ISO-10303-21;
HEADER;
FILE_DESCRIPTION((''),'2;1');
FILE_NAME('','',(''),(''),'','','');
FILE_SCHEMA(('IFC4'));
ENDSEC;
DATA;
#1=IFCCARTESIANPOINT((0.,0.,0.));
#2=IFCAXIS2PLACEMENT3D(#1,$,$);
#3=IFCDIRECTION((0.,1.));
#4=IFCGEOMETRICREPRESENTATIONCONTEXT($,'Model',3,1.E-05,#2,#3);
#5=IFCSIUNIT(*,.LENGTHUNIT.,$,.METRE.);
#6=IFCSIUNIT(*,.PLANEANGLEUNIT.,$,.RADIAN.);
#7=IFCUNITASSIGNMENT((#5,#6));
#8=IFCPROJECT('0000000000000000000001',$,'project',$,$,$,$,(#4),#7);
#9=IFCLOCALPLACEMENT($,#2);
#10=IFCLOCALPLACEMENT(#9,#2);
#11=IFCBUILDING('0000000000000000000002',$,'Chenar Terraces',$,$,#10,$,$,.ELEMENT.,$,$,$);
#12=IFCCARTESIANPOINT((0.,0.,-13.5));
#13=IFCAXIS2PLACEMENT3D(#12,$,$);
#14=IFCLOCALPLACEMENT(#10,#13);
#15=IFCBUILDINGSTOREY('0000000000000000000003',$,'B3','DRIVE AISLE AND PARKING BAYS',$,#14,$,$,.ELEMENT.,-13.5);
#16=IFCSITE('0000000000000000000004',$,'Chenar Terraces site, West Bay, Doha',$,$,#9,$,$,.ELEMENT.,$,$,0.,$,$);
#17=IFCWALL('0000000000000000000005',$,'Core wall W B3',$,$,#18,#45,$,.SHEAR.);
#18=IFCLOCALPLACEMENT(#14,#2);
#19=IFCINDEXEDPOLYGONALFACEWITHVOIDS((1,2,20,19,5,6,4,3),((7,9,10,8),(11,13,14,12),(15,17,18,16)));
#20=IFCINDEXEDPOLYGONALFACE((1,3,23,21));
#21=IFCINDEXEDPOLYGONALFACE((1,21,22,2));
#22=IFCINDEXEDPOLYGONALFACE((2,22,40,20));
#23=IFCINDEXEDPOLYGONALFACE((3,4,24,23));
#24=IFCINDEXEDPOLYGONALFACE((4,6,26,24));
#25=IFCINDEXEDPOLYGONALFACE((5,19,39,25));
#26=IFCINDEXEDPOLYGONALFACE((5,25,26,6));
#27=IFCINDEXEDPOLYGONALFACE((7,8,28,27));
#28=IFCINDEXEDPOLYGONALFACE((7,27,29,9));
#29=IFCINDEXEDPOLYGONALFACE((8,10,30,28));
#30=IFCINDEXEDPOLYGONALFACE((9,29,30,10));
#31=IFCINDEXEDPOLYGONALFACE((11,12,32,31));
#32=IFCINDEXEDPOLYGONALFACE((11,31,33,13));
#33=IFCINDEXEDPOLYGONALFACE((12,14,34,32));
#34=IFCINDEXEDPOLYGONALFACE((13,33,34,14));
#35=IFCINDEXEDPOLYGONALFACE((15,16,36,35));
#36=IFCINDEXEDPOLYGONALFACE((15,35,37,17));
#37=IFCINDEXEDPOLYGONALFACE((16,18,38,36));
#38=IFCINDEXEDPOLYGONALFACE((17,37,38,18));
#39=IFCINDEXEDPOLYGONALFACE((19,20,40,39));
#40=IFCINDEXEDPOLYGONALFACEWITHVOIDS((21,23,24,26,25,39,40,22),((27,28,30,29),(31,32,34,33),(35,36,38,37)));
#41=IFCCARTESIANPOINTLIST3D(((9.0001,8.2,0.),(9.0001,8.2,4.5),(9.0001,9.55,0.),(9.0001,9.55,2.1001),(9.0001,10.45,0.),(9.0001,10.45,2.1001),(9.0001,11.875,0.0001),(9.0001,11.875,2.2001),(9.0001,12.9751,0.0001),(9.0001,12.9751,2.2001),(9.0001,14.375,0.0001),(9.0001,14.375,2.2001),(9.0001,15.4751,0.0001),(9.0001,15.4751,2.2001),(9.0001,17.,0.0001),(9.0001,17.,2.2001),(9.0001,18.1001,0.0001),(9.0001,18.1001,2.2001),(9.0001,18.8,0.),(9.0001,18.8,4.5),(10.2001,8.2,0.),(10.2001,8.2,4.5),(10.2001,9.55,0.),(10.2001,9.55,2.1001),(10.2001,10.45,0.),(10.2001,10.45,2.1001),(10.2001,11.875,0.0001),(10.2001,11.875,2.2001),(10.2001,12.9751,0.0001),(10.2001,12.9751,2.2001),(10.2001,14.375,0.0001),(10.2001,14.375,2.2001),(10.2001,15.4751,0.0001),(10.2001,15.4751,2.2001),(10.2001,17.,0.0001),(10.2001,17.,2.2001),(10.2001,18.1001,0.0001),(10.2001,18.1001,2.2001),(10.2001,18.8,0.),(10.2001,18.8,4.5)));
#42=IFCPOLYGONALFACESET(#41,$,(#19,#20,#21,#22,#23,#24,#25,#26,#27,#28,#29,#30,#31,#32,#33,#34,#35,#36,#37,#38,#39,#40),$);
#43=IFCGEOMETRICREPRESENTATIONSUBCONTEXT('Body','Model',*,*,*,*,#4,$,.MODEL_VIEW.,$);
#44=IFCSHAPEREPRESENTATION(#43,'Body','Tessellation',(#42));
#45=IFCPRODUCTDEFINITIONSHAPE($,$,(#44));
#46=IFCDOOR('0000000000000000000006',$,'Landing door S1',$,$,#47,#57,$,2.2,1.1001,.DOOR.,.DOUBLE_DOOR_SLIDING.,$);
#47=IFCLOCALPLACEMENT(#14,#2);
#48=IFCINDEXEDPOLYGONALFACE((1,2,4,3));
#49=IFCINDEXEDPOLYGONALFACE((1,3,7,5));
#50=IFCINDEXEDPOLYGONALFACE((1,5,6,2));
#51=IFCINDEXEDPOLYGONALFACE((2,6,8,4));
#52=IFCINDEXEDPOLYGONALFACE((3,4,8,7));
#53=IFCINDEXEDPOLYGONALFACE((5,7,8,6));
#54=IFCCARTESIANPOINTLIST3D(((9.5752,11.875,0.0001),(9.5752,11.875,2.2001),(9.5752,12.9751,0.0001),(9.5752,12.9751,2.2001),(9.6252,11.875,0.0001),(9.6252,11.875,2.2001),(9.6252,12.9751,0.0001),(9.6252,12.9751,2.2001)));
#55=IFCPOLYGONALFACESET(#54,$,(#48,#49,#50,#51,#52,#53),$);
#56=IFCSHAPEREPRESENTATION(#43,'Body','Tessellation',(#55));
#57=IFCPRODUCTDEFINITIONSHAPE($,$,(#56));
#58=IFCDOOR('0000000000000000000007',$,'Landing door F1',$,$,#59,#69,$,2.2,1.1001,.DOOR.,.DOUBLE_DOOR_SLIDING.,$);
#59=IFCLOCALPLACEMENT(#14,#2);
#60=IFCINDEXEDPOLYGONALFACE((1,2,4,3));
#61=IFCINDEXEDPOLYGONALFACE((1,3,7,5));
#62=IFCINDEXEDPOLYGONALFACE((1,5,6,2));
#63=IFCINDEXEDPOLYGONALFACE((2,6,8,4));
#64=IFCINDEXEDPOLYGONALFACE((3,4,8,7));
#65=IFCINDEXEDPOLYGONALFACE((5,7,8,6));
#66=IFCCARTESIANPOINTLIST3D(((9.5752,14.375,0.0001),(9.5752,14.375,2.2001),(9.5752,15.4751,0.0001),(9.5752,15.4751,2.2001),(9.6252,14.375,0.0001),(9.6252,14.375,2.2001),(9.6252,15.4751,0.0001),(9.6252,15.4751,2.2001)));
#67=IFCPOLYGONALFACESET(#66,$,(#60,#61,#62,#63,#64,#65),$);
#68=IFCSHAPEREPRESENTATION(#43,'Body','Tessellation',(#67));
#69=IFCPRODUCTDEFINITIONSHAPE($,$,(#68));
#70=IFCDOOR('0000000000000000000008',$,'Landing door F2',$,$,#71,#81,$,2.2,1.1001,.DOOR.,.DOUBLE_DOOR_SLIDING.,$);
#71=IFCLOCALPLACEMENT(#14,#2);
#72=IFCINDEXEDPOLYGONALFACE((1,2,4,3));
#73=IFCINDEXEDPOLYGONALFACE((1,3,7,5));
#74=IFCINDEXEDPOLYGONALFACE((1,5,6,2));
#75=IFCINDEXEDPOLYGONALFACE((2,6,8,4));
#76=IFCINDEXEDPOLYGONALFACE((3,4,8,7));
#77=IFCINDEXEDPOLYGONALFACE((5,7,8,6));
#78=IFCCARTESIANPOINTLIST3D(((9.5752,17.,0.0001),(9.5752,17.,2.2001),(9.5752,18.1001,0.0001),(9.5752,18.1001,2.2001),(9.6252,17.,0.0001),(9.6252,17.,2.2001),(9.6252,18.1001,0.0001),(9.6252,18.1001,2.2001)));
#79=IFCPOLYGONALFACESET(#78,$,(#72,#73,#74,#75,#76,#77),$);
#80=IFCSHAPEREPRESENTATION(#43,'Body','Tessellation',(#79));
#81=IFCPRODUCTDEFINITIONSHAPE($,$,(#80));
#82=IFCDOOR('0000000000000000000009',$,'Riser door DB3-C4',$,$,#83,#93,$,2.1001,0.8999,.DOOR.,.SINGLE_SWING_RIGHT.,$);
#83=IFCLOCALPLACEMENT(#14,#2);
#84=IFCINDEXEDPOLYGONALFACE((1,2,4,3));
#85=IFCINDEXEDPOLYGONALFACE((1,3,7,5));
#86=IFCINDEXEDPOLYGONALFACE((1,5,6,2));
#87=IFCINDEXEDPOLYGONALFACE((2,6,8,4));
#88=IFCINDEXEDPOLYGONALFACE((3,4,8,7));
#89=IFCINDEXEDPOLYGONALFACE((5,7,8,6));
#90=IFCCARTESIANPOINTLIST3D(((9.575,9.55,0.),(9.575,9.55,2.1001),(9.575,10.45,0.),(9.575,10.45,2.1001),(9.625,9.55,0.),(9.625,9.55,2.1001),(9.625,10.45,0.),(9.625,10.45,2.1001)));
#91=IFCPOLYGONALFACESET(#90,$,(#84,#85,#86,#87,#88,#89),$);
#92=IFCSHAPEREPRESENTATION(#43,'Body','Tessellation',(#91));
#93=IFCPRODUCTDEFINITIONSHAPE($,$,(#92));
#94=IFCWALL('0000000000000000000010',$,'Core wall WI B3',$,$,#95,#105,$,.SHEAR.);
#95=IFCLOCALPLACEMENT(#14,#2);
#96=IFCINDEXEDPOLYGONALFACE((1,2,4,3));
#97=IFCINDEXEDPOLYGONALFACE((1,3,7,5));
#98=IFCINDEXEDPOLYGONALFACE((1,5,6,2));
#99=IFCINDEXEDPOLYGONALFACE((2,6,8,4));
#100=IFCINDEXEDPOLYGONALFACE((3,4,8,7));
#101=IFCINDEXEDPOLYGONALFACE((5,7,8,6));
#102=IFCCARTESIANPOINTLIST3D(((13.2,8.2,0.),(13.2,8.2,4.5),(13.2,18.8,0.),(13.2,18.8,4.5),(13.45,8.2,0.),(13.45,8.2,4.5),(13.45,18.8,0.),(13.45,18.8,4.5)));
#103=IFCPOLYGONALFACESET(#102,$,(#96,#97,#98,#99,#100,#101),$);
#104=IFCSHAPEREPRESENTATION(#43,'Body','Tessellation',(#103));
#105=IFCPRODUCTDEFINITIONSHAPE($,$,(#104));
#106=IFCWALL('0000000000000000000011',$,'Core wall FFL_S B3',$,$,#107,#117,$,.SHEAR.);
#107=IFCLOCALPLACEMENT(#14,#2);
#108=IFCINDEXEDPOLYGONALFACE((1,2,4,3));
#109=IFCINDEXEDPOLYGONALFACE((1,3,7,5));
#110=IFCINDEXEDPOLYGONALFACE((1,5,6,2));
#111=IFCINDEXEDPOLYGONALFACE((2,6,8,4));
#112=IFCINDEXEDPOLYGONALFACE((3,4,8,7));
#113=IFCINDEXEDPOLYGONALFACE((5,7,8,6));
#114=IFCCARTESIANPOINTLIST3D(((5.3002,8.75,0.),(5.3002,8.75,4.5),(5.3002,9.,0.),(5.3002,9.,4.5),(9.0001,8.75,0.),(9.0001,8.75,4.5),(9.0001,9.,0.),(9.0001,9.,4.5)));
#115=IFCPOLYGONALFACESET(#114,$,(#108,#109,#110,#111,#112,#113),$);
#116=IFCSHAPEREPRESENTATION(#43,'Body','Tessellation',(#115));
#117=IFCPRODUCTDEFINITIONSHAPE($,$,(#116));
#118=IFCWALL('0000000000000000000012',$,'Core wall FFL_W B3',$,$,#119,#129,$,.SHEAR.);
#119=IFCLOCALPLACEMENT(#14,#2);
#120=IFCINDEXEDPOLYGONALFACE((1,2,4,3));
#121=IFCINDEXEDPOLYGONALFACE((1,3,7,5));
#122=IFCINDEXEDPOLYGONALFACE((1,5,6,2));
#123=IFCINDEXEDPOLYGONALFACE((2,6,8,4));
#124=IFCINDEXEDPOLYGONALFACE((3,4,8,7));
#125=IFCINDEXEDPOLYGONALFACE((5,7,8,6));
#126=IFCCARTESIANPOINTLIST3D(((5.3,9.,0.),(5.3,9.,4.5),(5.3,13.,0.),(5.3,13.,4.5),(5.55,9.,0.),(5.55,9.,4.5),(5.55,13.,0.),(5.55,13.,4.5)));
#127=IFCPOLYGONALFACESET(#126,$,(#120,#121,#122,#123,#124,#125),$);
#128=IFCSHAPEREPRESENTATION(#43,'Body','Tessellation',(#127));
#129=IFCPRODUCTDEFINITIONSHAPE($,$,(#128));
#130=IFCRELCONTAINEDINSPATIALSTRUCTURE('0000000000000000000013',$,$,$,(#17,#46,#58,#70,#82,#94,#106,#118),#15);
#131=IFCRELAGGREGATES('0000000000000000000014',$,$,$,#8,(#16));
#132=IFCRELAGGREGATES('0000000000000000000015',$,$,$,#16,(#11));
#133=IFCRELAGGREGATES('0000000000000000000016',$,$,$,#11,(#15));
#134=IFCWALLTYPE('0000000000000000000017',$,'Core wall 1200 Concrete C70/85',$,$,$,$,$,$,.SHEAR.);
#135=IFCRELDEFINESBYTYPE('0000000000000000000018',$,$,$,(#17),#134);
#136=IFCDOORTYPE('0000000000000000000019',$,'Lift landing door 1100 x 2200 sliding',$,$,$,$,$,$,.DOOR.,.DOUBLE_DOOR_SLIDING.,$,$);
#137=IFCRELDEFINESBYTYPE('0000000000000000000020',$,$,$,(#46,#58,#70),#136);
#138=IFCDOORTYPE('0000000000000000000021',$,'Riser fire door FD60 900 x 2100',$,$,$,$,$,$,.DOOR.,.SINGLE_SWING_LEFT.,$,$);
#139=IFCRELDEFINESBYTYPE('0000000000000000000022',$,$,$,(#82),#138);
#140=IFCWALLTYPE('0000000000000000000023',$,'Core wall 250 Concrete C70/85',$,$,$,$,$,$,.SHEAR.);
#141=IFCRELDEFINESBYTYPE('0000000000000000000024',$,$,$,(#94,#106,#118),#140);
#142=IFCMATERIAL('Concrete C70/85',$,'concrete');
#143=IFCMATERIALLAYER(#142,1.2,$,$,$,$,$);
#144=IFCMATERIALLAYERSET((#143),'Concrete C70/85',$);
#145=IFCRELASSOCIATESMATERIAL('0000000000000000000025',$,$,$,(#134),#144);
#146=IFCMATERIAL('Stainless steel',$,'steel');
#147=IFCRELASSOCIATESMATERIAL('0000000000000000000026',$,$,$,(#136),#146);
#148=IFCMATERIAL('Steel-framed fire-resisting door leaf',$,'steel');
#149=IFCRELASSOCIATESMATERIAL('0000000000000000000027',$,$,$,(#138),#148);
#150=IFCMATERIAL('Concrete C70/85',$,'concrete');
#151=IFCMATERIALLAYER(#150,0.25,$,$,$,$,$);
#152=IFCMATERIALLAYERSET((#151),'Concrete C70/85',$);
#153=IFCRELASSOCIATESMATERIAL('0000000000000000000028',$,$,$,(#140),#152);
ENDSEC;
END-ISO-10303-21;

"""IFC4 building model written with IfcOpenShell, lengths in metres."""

from ifc_helpers import new_model, si_unit, direction, frame, frame_2d, origin, place, context, subcontext, project, spatial, rectangle, extrude, material, layer, layer_set, type_object, element, fill, save


model = new_model("IFC4")

# Units and contexts
model_context = context("Model", 3, precision=1e-05, world=origin(), true_north=direction((0.0, 1.0)))
body_context = subcontext(model_context, "Body", "Model", "MODEL_VIEW")
ifc_project = project(units=[si_unit("LENGTHUNIT", "METRE"), si_unit("PLANEANGLEUNIT", "RADIAN")], contexts=[model_context])

# Site, building, storey
site_placement = place(None, origin())
site = spatial("IfcSite", under=ifc_project, at=site_placement, Name="Chenar Terraces site, West Bay, Doha", CompositionType="ELEMENT", RefElevation=0.0)
building_placement = place(site_placement, origin())
building = spatial("IfcBuilding", under=site, at=building_placement, Name="Chenar Terraces", CompositionType="ELEMENT")
storey_placement = place(building_placement, frame((0.0, 0.0, -13.5)))
storey = spatial("IfcBuildingStorey", under=building, at=storey_placement, Name="B3", Description="DRIVE AISLE AND PARKING BAYS", CompositionType="ELEMENT", Elevation=-13.5)

# Shared definitions
ifc_material_1 = material(Name="Concrete C70/85", Category="concrete")
ifc_layer_1 = layer(ifc_material_1, 1.2)
ifc_layer_set_1 = layer_set([ifc_layer_1], Name="Concrete C70/85")
wall_type_1 = type_object("IfcWallType", Name="Core wall 1200 Concrete C70/85", PredefinedType="SHEAR", material=ifc_layer_set_1)

# Wall, openings, doors
wall_1_placement = place(storey_placement, frame((9.6001, 8.2, 0.0), z_axis=(0.0, 0.0, 1.0), x_axis=(0.0, 1.0, 0.0)))
wall_1 = element("IfcWall", 1, at=wall_1_placement, inside=storey, type_object=wall_type_1, Name="Core wall W B3", PredefinedType="SHEAR", context=body_context, shape_type="SweptSolid", body=[
    extrude(rectangle(XDim=10.6001, YDim=1.2, at=frame_2d((5.3, 0.0))), origin(), (0.0, 0.0, 1.0), 4.5),
])
opening_1_placement = place(wall_1_placement, frame((3.675, 0.0, 0.0)))
opening_1 = element("IfcOpeningElement", 2, at=opening_1_placement, cuts=wall_1, PredefinedType="OPENING", context=body_context, shape_type="SweptSolid", body=[
    extrude(rectangle(XDim=1.1001, YDim=2.2, at=frame_2d((0.55, 1.1001))), frame((0.0, 0.6099, 0.0), z_axis=(0.0, -1.0, 0.0), x_axis=(1.0, 0.0, 0.0)), (0.0, 0.0, 1.0), 1.22),
])
opening_2_placement = place(wall_1_placement, frame((6.175, 0.0, 0.0)))
opening_2 = element("IfcOpeningElement", 3, at=opening_2_placement, cuts=wall_1, PredefinedType="OPENING", context=body_context, shape_type="SweptSolid", body=[
    extrude(rectangle(XDim=1.1001, YDim=2.2, at=frame_2d((0.55, 1.1001))), frame((0.0, 0.6099, 0.0), z_axis=(0.0, -1.0, 0.0), x_axis=(1.0, 0.0, 0.0)), (0.0, 0.0, 1.0), 1.22),
])
opening_3_placement = place(wall_1_placement, frame((8.8, 0.0, 0.0)))
opening_3 = element("IfcOpeningElement", 4, at=opening_3_placement, cuts=wall_1, PredefinedType="OPENING", context=body_context, shape_type="SweptSolid", body=[
    extrude(rectangle(XDim=1.1001, YDim=2.2, at=frame_2d((0.55, 1.1001))), frame((0.0, 0.6099, 0.0), z_axis=(0.0, -1.0, 0.0), x_axis=(1.0, 0.0, 0.0)), (0.0, 0.0, 1.0), 1.22),
])
opening_4_placement = place(wall_1_placement, frame((1.3501, 0.0, 0.0)))
opening_4 = element("IfcOpeningElement", 5, at=opening_4_placement, cuts=wall_1, PredefinedType="OPENING", context=body_context, shape_type="SweptSolid", body=[
    extrude(rectangle(XDim=0.8999, YDim=2.1001, at=frame_2d((0.45, 1.05))), frame((0.0, 0.6099, 0.0), z_axis=(0.0, -1.0, 0.0), x_axis=(1.0, 0.0, 0.0)), (0.0, 0.0, 1.0), 1.22),
])
ifc_material_2 = material(Name="Stainless steel", Category="steel")
door_type_1 = type_object("IfcDoorType", Name="Lift landing door 1100 x 2200 sliding", OperationType="DOUBLE_DOOR_SLIDING", PredefinedType="DOOR", material=ifc_material_2)
door_1_placement = place(opening_1_placement, origin())
door_1 = element("IfcDoor", 6, at=door_1_placement, inside=storey, type_object=door_type_1, Name="Landing door S1", OperationType="DOUBLE_DOOR_SLIDING", OverallHeight=2.2, OverallWidth=1.1001, PredefinedType="DOOR", context=body_context, shape_type="SweptSolid", body=[
    extrude(rectangle(XDim=1.1001, YDim=2.2, at=frame_2d((0.55, 1.1001))), frame((0.0, 0.0249, 0.0), z_axis=(0.0, -1.0, 0.0), x_axis=(1.0, 0.0, 0.0)), (0.0, 0.0, 1.0), 0.05),
])
fill(opening_1, door_1)
door_2_placement = place(opening_2_placement, origin())
door_2 = element("IfcDoor", 7, at=door_2_placement, inside=storey, type_object=door_type_1, Name="Landing door F1", OperationType="DOUBLE_DOOR_SLIDING", OverallHeight=2.2, OverallWidth=1.1001, PredefinedType="DOOR", context=body_context, shape_type="SweptSolid", body=[
    extrude(rectangle(XDim=1.1001, YDim=2.2, at=frame_2d((0.55, 1.1001))), frame((0.0, 0.0249, 0.0), z_axis=(0.0, -1.0, 0.0), x_axis=(1.0, 0.0, 0.0)), (0.0, 0.0, 1.0), 0.05),
])
fill(opening_2, door_2)
door_3_placement = place(opening_3_placement, origin())
door_3 = element("IfcDoor", 8, at=door_3_placement, inside=storey, type_object=door_type_1, Name="Landing door F2", OperationType="DOUBLE_DOOR_SLIDING", OverallHeight=2.2, OverallWidth=1.1001, PredefinedType="DOOR", context=body_context, shape_type="SweptSolid", body=[
    extrude(rectangle(XDim=1.1001, YDim=2.2, at=frame_2d((0.55, 1.1001))), frame((0.0, 0.0249, 0.0), z_axis=(0.0, -1.0, 0.0), x_axis=(1.0, 0.0, 0.0)), (0.0, 0.0, 1.0), 0.05),
])
fill(opening_3, door_3)
ifc_material_3 = material(Name="Steel-framed fire-resisting door leaf", Category="steel")
door_type_2 = type_object("IfcDoorType", Name="Riser fire door FD60 900 x 2100", OperationType="SINGLE_SWING_LEFT", PredefinedType="DOOR", material=ifc_material_3)
door_4_placement = place(opening_4_placement, frame((0.8999, 0.0, 0.0), z_axis=(0.0, 0.0, 1.0), x_axis=(-1.0, 0.0, 0.0)))
door_4 = element("IfcDoor", 9, at=door_4_placement, inside=storey, type_object=door_type_2, Name="Riser door DB3-C4", OperationType="SINGLE_SWING_RIGHT", OverallHeight=2.1001, OverallWidth=0.8999, PredefinedType="DOOR", context=body_context, shape_type="SweptSolid", body=[
    extrude(rectangle(XDim=0.8999, YDim=2.1001, at=frame_2d((0.45, 1.05))), frame((0.0, 0.0249, 0.0), z_axis=(0.0, -1.0, 0.0), x_axis=(1.0, 0.0, 0.0)), (0.0, 0.0, 1.0), 0.05),
])
fill(opening_4, door_4)

# Walls
ifc_material_4 = material(Name="Concrete C70/85", Category="concrete")
ifc_layer_2 = layer(ifc_material_4, 0.25)
ifc_layer_set_2 = layer_set([ifc_layer_2], Name="Concrete C70/85")
wall_type_2 = type_object("IfcWallType", Name="Core wall 250 Concrete C70/85", PredefinedType="SHEAR", material=ifc_layer_set_2)
wall_2_placement = place(storey_placement, frame((13.325, 8.2, 0.0), z_axis=(0.0, 0.0, 1.0), x_axis=(0.0, 1.0, 0.0)))
element("IfcWall", 10, at=wall_2_placement, inside=storey, type_object=wall_type_2, Name="Core wall WI B3", PredefinedType="SHEAR", context=body_context, shape_type="SweptSolid", body=[
    extrude(rectangle(XDim=10.6001, YDim=0.25, at=frame_2d((5.3, 0.0))), origin(), (0.0, 0.0, 1.0), 4.5),
])
wall_3_placement = place(storey_placement, frame((5.3, 8.875, 0.0), z_axis=(0.0, 0.0, 1.0), x_axis=(1.0, 0.0, 0.0)))
element("IfcWall", 11, at=wall_3_placement, inside=storey, type_object=wall_type_2, Name="Core wall FFL_S B3", PredefinedType="SHEAR", context=body_context, shape_type="SweptSolid", body=[
    extrude(rectangle(XDim=3.7, YDim=0.25, at=frame_2d((1.8501, 0.0))), origin(), (0.0, 0.0, 1.0), 4.5),
])
wall_4_placement = place(storey_placement, frame((5.425, 9.0, 0.0), z_axis=(0.0, 0.0, 1.0), x_axis=(0.0, 1.0, 0.0)))
element("IfcWall", 12, at=wall_4_placement, inside=storey, type_object=wall_type_2, Name="Core wall FFL_W B3", PredefinedType="SHEAR", context=body_context, shape_type="SweptSolid", body=[
    extrude(rectangle(XDim=4.0, YDim=0.25, at=frame_2d((2.0, 0.0))), origin(), (0.0, 0.0, 1.0), 4.5),
])

save(model, "model.ifc")
